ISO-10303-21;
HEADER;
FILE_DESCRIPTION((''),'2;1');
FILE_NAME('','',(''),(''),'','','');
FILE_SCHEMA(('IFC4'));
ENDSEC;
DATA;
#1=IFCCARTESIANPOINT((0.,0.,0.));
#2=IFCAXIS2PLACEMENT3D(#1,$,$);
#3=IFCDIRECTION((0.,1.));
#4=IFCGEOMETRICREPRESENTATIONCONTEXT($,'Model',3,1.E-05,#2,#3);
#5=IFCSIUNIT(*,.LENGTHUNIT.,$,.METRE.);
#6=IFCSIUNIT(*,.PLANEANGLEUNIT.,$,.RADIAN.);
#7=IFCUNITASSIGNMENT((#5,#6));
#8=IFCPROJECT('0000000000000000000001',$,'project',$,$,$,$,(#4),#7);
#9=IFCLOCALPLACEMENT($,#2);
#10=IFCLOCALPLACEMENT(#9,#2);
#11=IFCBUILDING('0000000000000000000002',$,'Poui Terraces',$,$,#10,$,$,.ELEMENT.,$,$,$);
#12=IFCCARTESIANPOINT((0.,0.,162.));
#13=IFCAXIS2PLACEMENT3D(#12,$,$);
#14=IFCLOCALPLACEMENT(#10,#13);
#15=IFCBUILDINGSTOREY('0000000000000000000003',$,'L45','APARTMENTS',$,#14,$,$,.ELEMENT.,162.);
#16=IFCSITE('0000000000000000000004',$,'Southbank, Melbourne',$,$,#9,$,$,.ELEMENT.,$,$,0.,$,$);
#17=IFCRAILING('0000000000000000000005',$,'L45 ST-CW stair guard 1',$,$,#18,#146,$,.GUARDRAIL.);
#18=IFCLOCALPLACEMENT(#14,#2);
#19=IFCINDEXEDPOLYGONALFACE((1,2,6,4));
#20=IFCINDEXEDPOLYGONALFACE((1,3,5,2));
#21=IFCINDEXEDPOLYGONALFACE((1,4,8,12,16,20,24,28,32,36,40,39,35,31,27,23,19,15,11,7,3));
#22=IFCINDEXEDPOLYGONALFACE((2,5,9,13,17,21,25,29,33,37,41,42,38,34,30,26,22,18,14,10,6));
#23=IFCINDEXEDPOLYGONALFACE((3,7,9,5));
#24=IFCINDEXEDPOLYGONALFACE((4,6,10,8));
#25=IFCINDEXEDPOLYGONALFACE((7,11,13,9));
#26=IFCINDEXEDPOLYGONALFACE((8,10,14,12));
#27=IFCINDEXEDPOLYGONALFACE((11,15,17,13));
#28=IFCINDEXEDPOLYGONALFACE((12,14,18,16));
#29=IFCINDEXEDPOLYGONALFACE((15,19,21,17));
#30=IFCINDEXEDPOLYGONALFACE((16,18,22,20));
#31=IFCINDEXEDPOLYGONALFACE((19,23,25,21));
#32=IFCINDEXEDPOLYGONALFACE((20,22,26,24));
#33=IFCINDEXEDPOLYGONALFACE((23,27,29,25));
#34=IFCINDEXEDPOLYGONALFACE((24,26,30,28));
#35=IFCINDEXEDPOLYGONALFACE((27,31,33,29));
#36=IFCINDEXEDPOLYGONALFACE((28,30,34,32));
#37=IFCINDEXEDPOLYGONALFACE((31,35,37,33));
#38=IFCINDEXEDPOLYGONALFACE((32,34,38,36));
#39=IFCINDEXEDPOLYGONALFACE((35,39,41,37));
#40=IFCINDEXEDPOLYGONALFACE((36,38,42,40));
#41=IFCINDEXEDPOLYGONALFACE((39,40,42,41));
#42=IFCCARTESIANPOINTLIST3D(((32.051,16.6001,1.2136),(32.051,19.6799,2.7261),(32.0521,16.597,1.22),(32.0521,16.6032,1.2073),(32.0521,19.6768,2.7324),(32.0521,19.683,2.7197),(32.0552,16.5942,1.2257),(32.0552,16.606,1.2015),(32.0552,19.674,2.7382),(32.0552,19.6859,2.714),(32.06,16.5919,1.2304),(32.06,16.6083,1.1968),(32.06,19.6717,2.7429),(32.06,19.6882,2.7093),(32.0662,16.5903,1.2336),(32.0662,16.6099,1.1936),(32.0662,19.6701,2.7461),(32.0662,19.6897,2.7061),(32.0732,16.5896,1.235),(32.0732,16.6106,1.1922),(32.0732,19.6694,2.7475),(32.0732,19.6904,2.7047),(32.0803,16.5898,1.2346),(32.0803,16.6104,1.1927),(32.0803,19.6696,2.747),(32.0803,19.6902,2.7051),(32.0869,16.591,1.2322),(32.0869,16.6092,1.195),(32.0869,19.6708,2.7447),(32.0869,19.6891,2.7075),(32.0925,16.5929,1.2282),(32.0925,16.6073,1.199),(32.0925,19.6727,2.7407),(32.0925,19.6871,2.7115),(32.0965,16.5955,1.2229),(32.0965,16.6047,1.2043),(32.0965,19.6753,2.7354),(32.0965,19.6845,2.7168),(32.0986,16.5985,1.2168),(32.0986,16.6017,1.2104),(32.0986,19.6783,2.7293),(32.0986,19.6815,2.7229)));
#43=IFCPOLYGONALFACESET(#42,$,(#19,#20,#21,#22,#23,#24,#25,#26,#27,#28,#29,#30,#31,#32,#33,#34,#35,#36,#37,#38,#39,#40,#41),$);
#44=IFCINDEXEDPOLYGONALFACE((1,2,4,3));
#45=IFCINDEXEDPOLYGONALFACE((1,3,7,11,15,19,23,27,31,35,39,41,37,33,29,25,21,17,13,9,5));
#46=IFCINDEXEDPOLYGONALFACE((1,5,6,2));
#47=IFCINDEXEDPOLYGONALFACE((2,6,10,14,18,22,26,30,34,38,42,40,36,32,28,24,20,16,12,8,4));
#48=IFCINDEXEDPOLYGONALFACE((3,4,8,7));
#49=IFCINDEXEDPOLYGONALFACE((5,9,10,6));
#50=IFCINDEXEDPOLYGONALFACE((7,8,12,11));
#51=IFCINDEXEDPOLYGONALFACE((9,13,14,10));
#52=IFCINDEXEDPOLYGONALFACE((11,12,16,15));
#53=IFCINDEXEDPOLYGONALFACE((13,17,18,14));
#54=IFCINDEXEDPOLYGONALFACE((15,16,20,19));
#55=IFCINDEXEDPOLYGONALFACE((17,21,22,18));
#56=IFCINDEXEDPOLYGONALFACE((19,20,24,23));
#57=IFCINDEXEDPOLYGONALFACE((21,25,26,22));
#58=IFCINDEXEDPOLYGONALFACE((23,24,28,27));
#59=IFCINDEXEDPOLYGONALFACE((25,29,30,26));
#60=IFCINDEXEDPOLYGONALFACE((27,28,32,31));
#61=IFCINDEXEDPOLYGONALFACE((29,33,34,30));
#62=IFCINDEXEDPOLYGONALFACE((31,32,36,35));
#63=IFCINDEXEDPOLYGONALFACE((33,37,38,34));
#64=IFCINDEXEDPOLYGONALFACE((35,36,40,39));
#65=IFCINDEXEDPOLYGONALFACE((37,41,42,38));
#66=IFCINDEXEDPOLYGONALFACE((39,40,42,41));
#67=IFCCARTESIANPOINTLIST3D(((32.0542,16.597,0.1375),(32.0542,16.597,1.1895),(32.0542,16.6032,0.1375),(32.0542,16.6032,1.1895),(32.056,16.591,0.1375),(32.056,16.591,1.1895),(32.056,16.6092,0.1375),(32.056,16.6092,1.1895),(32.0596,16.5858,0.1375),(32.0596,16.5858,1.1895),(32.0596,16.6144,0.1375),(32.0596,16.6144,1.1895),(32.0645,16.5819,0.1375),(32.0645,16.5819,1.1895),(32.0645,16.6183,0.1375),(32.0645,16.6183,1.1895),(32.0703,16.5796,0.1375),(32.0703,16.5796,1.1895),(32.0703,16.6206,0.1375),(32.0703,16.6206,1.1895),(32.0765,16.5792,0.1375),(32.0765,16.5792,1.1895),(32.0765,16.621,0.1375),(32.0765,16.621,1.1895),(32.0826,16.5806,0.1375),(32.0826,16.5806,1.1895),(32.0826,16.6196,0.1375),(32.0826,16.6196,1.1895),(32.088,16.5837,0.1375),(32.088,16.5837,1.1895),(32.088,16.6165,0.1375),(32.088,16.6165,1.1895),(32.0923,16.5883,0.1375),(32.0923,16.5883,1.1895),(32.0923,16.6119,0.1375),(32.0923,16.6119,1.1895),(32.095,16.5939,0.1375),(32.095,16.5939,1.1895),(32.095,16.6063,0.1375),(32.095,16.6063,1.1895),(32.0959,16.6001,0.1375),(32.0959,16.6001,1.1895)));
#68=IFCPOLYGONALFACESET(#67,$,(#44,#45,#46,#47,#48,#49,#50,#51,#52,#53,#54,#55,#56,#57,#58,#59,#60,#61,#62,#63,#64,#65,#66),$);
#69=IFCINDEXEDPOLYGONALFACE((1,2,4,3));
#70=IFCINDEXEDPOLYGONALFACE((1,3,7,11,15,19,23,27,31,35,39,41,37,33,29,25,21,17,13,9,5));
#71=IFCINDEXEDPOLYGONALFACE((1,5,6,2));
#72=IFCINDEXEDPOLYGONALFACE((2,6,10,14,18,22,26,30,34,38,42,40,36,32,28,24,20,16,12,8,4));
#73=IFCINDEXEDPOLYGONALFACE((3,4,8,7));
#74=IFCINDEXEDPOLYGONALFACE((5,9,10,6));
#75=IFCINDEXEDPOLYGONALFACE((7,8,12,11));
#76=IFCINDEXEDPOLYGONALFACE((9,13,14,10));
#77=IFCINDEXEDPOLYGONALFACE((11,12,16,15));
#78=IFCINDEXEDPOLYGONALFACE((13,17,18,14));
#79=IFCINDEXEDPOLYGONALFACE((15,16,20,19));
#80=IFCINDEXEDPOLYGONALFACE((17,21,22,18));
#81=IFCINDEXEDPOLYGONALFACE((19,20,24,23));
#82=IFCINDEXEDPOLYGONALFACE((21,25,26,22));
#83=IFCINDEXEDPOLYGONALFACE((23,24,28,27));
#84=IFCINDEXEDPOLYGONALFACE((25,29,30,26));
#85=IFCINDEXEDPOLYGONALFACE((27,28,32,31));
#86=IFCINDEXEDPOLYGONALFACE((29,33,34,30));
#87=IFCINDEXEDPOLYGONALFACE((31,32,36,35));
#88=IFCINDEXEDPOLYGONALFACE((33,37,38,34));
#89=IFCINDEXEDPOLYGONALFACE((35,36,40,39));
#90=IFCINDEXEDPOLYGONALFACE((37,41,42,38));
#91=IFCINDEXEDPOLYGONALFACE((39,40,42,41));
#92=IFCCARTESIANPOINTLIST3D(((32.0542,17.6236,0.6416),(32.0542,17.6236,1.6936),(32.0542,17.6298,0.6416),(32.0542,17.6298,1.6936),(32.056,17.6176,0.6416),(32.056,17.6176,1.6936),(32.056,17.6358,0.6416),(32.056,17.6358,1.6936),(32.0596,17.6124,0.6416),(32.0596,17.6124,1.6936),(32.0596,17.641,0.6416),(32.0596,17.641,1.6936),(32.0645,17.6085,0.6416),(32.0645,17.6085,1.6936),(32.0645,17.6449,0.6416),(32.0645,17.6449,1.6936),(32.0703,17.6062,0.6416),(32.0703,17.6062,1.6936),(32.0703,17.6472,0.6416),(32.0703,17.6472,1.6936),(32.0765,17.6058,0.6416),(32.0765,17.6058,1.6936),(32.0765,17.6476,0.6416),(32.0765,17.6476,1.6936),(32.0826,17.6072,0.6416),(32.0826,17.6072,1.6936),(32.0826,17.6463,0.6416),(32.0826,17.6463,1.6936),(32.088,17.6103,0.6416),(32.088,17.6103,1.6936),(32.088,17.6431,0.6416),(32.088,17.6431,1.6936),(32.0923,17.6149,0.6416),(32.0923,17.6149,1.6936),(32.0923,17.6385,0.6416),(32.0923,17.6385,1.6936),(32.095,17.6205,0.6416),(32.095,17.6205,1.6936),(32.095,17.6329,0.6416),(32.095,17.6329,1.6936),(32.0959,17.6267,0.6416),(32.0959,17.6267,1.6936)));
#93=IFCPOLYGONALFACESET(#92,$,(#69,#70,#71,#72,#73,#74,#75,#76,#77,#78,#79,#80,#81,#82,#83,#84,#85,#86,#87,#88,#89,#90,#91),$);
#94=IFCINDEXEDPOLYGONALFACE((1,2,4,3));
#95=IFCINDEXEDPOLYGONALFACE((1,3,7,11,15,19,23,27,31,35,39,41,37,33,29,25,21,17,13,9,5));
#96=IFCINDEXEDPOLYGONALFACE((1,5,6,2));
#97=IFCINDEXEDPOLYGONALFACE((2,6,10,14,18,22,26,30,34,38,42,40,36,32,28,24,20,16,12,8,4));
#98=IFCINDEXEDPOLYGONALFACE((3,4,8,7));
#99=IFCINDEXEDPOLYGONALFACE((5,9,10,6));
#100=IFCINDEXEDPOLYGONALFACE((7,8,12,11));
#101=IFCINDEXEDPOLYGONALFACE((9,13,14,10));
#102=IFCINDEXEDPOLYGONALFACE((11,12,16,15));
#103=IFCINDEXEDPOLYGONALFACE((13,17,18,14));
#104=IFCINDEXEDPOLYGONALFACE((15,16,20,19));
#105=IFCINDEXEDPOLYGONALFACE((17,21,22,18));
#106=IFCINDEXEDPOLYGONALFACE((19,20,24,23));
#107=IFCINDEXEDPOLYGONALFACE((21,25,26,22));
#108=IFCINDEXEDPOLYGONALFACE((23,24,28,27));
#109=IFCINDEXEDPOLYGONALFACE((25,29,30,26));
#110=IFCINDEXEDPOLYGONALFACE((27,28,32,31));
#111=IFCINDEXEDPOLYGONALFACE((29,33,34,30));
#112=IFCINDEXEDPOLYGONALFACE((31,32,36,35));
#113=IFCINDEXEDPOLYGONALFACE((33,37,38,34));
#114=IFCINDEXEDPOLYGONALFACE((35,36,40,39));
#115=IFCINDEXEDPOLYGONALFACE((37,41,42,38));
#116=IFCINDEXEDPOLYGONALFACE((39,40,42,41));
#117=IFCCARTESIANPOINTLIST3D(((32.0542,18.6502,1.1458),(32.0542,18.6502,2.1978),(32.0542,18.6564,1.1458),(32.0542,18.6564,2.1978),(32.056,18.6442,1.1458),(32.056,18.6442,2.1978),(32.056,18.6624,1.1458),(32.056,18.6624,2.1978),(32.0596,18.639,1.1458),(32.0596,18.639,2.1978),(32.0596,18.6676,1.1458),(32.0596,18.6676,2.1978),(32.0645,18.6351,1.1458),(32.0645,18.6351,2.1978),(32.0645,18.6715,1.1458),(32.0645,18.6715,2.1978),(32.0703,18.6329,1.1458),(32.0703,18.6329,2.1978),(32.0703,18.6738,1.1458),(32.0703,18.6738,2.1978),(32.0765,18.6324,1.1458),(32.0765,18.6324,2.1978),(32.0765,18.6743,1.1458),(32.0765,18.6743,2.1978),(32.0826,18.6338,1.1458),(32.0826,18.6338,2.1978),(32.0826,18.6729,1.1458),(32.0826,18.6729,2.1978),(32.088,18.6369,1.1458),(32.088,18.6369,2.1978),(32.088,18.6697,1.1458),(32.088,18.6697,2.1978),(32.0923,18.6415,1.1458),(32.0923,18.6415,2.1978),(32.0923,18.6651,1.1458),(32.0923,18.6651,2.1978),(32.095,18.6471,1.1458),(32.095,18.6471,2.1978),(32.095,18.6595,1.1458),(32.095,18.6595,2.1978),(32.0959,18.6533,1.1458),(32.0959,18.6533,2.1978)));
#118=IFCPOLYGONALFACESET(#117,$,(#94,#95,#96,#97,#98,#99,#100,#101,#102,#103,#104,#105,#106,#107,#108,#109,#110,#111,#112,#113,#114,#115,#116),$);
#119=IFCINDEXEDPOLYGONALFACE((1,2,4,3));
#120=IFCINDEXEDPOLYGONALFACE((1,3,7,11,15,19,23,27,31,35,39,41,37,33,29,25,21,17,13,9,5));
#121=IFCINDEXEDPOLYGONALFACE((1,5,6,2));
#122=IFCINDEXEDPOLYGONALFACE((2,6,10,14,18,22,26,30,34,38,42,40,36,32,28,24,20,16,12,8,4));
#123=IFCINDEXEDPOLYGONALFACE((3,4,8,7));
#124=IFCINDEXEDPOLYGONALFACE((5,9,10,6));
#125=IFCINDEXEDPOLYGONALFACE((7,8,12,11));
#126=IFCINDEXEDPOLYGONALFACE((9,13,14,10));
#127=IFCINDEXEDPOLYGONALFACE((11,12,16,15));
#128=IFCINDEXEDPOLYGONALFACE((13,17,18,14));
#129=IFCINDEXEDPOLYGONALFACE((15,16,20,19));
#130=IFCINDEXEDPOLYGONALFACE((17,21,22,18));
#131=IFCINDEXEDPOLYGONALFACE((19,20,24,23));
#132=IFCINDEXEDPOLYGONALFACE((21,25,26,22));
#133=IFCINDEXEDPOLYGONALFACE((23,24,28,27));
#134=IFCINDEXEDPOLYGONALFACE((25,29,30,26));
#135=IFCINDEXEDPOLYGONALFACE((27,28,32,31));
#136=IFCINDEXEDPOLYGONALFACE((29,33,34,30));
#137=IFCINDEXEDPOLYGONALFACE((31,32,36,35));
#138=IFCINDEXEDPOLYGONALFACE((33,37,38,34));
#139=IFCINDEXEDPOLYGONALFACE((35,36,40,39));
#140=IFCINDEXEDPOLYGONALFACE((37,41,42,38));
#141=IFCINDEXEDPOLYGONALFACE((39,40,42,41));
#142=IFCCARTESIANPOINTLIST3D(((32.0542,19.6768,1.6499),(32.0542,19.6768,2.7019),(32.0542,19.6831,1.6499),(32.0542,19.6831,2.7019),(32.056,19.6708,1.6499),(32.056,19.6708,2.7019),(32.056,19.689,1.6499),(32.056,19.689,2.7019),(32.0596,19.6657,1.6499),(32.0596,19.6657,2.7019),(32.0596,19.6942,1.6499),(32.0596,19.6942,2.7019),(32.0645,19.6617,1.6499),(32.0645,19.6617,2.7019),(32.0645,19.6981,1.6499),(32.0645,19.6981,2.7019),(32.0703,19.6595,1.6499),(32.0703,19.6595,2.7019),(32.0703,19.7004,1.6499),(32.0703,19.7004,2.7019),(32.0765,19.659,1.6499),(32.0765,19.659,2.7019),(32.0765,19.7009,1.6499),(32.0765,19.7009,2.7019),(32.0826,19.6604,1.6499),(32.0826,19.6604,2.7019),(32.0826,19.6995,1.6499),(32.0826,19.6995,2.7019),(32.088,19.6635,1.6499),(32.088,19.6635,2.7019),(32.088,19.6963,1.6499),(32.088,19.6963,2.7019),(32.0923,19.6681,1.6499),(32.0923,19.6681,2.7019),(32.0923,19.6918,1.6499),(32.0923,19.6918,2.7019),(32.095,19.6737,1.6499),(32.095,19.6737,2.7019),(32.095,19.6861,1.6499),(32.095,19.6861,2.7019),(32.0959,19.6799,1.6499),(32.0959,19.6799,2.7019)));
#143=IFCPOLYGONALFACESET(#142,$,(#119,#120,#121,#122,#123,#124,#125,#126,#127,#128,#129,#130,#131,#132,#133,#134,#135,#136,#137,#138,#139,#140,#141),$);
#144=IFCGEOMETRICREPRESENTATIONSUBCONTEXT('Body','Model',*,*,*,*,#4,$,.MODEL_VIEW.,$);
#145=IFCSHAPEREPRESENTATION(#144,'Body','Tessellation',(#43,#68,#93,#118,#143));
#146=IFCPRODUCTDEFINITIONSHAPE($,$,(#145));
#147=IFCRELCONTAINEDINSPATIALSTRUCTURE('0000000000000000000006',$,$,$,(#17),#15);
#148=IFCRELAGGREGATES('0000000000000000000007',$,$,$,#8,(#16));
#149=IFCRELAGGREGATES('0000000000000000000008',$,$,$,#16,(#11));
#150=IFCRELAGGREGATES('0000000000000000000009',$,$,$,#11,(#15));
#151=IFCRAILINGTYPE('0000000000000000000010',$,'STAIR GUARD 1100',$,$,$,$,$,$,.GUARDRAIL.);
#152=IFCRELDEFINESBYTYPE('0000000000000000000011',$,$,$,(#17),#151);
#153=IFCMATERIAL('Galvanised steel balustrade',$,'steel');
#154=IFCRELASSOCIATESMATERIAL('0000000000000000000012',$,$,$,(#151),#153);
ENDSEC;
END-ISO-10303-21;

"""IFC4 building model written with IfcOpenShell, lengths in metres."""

from ifc_helpers import new_model, si_unit, direction, frame, origin, origin_2d, place, context, subcontext, project, spatial, circle, extrude, material, type_object, element, save


model = new_model("IFC4")

# Units and contexts
model_context = context("Model", 3, precision=1e-05, world=origin(), true_north=direction((0.0, 1.0)))
body_context = subcontext(model_context, "Body", "Model", "MODEL_VIEW")
ifc_project = project(units=[si_unit("LENGTHUNIT", "METRE"), si_unit("PLANEANGLEUNIT", "RADIAN")], contexts=[model_context])

# Site, building, storey
site_placement = place(None, origin())
site = spatial("IfcSite", under=ifc_project, at=site_placement, Name="Southbank, Melbourne", CompositionType="ELEMENT", RefElevation=0.0)
building_placement = place(site_placement, origin())
building = spatial("IfcBuilding", under=site, at=building_placement, Name="Poui Terraces", CompositionType="ELEMENT")
storey_placement = place(building_placement, frame((0.0, 0.0, 162.0)))
storey = spatial("IfcBuildingStorey", under=building, at=storey_placement, Name="L45", Description="APARTMENTS", CompositionType="ELEMENT", Elevation=162.0)

# Railing
ifc_material_1 = material(Name="Galvanised steel balustrade", Category="steel")
railing_type_1 = type_object("IfcRailingType", Name="STAIR GUARD 1100", PredefinedType="GUARDRAIL", material=ifc_material_1)
railing_1_placement = place(storey_placement, frame((32.075, 16.6001, 0.1375)))
element("IfcRailing", 1, at=railing_1_placement, inside=storey, type_object=railing_type_1, Name="L45 ST-CW stair guard 1", PredefinedType="GUARDRAIL", context=body_context, shape_type="SweptSolid", body=[
    extrude(circle(Radius=0.0239, at=origin_2d()), frame((0.0, 0.0, 1.0762), z_axis=(0.0, 0.897606, 0.440798), x_axis=(-1.0, 0.0, 0.0)), (0.0, 0.0, 1.0), 3.4312),
    extrude(circle(Radius=0.021, at=origin_2d()), origin(), (0.0, 0.0, 1.0), 1.052),
    extrude(circle(Radius=0.021, at=origin_2d()), frame((0.0, 1.0266, 0.5042)), (0.0, 0.0, 1.0), 1.052),
    extrude(circle(Radius=0.021, at=origin_2d()), frame((0.0, 2.0532, 1.0083)), (0.0, 0.0, 1.0), 1.052),
    extrude(circle(Radius=0.021, at=origin_2d()), frame((0.0, 3.0798, 1.5125)), (0.0, 0.0, 1.0), 1.052),
])

save(model, "model.ifc")
